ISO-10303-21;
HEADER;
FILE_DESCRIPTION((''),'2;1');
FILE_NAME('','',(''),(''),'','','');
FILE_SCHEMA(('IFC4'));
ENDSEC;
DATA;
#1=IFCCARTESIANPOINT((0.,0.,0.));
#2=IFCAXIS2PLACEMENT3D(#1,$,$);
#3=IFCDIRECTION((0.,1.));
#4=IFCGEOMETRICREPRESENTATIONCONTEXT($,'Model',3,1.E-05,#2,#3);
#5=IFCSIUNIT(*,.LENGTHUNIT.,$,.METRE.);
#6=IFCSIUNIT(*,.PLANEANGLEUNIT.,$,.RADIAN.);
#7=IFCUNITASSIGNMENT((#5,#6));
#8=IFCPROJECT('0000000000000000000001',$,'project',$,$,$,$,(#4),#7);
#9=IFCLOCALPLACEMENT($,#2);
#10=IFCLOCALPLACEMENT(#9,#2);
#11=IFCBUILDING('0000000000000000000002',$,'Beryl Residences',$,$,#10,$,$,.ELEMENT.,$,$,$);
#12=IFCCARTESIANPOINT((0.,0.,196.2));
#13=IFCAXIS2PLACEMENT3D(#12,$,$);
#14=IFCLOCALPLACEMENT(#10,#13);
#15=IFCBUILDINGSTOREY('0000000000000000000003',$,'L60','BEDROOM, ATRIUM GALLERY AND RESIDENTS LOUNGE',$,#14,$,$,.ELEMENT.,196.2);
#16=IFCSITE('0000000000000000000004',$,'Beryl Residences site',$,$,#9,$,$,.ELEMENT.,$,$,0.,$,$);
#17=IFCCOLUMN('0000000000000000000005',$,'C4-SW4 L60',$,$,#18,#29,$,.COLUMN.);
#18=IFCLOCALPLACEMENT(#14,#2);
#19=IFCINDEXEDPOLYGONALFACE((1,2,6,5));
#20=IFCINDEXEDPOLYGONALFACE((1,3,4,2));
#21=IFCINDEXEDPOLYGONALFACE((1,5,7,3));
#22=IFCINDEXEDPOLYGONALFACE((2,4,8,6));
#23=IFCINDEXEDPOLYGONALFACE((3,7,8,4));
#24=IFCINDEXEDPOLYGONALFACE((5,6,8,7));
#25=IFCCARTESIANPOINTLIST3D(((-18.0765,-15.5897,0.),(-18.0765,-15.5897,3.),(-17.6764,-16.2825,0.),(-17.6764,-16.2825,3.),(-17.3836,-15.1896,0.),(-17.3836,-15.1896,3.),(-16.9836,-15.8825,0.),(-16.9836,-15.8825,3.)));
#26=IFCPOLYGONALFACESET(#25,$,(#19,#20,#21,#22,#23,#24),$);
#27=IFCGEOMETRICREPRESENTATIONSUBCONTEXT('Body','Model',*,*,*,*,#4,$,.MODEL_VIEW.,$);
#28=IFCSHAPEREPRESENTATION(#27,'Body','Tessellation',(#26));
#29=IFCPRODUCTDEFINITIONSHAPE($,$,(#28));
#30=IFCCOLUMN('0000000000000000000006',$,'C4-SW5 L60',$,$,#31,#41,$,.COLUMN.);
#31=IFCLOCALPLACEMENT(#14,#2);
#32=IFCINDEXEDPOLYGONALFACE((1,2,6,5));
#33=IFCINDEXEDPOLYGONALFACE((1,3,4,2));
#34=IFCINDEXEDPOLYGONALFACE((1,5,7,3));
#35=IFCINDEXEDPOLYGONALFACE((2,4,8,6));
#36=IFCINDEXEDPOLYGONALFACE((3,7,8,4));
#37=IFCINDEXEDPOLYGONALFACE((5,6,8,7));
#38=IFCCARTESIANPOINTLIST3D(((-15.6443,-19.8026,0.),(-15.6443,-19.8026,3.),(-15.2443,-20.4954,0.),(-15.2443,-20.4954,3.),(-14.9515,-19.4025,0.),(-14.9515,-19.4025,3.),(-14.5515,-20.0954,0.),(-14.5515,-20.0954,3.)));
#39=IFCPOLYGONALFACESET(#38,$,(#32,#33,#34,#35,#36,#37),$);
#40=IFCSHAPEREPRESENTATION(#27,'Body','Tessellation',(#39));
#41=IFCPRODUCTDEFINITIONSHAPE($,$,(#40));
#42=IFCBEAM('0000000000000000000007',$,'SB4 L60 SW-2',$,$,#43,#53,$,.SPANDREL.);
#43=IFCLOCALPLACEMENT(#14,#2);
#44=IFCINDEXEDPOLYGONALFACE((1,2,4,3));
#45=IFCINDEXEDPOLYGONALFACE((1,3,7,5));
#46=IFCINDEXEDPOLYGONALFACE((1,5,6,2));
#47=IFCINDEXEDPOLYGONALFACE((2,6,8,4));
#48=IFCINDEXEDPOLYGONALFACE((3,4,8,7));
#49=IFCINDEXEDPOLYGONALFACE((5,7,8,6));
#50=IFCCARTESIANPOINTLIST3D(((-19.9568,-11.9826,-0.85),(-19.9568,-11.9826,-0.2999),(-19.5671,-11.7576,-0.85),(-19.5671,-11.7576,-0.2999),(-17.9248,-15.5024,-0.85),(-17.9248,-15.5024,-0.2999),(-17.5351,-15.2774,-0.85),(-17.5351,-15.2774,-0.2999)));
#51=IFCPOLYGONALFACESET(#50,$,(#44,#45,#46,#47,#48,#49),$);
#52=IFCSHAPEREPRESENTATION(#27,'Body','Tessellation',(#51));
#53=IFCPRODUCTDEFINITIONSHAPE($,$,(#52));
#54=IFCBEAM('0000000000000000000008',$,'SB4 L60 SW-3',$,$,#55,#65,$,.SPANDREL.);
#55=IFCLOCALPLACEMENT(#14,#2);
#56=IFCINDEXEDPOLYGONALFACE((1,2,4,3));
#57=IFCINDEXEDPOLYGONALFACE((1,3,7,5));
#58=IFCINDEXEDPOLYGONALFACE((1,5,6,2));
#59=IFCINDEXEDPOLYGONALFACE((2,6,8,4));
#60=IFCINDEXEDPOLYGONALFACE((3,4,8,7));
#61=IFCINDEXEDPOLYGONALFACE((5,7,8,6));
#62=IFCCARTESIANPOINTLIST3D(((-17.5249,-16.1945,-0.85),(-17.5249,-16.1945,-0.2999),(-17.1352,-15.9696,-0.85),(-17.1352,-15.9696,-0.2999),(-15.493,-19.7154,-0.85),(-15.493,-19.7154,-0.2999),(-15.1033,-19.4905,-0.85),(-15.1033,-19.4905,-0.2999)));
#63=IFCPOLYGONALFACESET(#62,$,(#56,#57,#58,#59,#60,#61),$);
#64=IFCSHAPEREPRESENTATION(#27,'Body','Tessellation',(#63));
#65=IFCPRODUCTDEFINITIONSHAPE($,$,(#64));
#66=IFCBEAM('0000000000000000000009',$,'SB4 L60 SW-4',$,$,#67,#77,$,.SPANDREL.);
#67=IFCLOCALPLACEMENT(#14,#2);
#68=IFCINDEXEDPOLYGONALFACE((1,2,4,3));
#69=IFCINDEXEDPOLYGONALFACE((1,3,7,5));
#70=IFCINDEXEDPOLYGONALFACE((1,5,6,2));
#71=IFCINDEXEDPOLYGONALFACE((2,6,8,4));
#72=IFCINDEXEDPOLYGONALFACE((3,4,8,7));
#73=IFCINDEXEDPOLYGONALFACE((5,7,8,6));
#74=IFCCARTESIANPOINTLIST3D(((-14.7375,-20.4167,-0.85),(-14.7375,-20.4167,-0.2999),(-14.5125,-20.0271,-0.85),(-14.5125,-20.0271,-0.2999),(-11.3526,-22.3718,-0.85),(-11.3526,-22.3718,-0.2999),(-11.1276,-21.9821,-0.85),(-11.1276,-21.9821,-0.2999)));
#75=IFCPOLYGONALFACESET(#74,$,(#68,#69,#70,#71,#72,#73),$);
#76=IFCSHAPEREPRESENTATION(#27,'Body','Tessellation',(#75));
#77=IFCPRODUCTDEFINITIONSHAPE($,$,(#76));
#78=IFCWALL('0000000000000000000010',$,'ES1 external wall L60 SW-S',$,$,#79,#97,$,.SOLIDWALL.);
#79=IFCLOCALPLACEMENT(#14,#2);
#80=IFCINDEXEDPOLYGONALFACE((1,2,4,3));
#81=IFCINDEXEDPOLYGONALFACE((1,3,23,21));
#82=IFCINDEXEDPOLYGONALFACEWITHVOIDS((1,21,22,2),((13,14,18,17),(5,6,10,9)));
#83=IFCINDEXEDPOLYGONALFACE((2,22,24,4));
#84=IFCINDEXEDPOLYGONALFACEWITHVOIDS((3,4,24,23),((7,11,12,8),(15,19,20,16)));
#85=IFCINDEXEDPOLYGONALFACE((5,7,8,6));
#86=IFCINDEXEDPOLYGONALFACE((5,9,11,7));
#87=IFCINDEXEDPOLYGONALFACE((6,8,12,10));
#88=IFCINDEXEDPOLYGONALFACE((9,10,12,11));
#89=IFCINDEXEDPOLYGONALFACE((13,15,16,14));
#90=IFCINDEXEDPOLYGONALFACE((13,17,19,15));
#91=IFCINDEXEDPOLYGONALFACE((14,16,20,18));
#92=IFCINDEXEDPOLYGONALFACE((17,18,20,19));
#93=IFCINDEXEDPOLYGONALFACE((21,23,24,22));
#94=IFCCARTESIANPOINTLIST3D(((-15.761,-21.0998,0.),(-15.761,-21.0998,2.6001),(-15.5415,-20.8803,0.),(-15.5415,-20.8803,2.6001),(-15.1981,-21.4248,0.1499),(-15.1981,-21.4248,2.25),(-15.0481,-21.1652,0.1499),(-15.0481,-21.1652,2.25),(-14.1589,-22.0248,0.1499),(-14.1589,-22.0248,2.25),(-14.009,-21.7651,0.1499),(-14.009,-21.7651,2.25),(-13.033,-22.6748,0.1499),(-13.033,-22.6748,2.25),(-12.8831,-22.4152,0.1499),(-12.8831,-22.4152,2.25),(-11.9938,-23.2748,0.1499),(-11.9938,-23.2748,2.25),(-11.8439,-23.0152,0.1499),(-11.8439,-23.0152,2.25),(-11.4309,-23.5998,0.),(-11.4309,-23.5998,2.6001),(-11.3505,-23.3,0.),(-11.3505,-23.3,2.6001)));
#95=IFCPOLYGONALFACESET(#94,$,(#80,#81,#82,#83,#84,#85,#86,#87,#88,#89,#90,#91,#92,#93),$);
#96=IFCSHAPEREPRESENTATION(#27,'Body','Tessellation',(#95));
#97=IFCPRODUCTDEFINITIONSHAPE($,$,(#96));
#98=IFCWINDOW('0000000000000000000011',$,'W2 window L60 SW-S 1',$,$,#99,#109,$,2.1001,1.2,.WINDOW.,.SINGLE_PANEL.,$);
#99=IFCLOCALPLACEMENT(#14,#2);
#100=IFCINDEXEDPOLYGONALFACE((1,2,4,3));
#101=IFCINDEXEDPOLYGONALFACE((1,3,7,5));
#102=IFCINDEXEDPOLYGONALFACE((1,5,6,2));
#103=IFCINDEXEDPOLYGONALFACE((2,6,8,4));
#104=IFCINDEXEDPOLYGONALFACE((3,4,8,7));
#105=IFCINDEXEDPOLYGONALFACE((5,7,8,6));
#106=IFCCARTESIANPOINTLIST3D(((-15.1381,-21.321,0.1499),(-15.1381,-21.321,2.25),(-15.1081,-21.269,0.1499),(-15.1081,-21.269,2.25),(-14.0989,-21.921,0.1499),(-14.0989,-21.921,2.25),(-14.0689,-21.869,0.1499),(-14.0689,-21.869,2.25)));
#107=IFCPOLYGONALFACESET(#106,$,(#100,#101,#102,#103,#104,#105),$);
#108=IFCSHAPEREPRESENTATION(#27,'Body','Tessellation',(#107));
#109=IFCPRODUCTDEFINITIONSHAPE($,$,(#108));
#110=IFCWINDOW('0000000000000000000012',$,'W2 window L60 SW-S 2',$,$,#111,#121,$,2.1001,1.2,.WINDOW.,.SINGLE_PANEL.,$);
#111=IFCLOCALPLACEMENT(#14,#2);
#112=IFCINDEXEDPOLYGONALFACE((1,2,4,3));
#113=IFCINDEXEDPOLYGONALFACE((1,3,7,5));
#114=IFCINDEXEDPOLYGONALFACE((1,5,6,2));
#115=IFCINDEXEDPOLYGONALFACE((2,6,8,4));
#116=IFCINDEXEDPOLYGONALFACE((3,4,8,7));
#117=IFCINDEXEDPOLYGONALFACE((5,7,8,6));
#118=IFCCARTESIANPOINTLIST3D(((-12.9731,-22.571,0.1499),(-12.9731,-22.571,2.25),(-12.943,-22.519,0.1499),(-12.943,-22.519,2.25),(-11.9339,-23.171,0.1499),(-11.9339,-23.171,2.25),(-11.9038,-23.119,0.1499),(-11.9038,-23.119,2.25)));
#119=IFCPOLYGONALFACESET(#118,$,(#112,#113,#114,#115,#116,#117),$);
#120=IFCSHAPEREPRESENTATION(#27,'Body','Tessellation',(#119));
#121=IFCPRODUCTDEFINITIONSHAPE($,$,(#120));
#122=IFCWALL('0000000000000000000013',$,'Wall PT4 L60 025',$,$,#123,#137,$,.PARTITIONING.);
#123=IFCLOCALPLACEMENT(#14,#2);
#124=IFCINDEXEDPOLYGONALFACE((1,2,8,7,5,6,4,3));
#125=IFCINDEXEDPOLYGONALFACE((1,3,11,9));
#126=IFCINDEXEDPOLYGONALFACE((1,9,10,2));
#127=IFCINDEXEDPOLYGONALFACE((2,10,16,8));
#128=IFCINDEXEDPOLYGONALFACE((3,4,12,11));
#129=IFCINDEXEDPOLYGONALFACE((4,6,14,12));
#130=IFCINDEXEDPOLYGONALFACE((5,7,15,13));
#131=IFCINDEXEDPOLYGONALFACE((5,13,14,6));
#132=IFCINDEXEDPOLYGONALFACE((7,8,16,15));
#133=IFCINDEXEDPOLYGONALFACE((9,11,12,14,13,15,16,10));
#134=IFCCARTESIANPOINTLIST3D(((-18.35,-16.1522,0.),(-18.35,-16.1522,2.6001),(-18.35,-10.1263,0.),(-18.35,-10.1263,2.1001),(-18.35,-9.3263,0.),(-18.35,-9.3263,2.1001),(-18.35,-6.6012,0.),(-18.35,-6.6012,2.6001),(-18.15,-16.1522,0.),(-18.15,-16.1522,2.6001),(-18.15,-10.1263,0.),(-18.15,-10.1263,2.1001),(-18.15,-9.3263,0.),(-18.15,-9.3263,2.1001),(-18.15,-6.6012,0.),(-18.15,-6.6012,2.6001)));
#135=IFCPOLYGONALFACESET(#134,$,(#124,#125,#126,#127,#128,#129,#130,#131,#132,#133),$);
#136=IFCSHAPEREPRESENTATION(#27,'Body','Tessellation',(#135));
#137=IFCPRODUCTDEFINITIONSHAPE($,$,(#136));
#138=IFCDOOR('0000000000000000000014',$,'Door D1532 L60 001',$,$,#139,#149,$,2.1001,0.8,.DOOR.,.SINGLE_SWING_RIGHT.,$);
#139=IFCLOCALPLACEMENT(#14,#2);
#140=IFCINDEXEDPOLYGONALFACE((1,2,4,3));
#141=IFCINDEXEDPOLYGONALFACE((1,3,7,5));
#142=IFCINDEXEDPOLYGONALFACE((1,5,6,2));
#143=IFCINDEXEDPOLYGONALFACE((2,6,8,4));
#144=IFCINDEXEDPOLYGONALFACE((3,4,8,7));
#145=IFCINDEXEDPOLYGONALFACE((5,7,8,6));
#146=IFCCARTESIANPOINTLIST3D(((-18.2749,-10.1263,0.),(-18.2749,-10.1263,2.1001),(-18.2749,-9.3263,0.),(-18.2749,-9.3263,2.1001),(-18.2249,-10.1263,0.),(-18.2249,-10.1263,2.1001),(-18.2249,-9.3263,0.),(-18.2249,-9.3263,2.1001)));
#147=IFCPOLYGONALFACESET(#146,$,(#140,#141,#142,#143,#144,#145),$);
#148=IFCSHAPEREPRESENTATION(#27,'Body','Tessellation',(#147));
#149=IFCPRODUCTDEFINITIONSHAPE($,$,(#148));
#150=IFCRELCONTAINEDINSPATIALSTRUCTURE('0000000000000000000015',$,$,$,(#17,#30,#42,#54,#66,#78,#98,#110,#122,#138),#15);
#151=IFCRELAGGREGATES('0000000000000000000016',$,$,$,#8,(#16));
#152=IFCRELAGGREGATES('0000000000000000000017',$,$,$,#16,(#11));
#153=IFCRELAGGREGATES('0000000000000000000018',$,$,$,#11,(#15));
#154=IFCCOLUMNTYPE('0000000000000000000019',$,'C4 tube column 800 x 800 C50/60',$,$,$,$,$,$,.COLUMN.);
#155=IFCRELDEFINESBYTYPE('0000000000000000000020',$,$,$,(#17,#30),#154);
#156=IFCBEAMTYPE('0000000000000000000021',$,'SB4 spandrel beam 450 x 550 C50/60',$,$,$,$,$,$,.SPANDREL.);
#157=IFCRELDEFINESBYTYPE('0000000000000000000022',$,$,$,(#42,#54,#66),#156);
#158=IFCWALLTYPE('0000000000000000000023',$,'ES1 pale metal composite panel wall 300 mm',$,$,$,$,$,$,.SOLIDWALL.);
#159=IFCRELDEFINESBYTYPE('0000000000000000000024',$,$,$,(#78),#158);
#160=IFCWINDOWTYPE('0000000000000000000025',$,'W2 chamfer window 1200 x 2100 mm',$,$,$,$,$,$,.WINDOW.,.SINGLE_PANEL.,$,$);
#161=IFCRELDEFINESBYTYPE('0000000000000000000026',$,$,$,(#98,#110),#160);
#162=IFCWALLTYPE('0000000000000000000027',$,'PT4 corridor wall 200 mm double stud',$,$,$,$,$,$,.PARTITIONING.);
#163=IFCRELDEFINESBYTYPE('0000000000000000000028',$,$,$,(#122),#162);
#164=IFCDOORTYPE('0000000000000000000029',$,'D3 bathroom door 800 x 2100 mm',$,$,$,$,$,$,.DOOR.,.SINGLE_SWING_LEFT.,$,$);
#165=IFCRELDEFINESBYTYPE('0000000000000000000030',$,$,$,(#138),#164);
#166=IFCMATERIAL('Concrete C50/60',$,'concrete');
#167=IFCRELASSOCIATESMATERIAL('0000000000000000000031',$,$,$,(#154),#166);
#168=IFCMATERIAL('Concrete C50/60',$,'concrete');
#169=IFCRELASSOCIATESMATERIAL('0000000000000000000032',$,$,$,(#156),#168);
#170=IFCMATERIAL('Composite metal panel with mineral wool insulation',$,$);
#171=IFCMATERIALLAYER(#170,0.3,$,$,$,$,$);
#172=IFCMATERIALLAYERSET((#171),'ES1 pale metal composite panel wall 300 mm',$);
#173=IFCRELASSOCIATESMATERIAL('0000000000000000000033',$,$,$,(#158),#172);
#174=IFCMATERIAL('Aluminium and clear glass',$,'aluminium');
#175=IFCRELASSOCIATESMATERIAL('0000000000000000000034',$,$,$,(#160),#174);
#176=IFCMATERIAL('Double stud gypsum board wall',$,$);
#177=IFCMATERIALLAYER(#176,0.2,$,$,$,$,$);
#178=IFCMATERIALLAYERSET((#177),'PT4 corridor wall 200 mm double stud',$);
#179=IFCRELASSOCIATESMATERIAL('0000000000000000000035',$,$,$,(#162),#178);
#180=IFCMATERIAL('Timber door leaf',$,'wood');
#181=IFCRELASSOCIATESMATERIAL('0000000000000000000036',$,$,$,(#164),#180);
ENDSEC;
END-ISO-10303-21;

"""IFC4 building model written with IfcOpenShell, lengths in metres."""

from ifc_helpers import new_model, si_unit, direction, frame, frame_2d, origin, origin_2d, place, context, subcontext, project, spatial, polyline, rectangle, outline, extrude, material, layer, layer_set, material_profile, profile_set, type_object, element, fill, save


model = new_model("IFC4")

# Units and contexts
model_context = context("Model", 3, precision=1e-05, world=origin(), true_north=direction((0.0, 1.0)))
body_context = subcontext(model_context, "Body", "Model", "MODEL_VIEW")
ifc_project = project(units=[si_unit("LENGTHUNIT", "METRE"), si_unit("PLANEANGLEUNIT", "RADIAN")], contexts=[model_context])

# Site, building, storey
site_placement = place(None, origin())
site = spatial("IfcSite", under=ifc_project, at=site_placement, Name="Beryl Residences site", CompositionType="ELEMENT", RefElevation=0.0)
building_placement = place(site_placement, origin())
building = spatial("IfcBuilding", under=site, at=building_placement, Name="Beryl Residences", CompositionType="ELEMENT")
storey_placement = place(building_placement, frame((0.0, 0.0, 196.2)))
storey = spatial("IfcBuildingStorey", under=building, at=storey_placement, Name="L60", Description="BEDROOM, ATRIUM GALLERY AND RESIDENTS LOUNGE", CompositionType="ELEMENT", Elevation=196.2)

# Columns
ifc_material_1 = material(Name="Concrete C50/60", Category="concrete")
ifc_material_profile_1 = material_profile(ifc_material_1, rectangle(XDim=0.8, YDim=0.8, at=origin_2d()))
ifc_profile_set_1 = profile_set([ifc_material_profile_1], Name="Concrete C50/60")
column_type = type_object("IfcColumnType", Name="C4 tube column 800 x 800 C50/60", PredefinedType="COLUMN", material=ifc_profile_set_1)
for number, where, z_axis, x_axis, name in (
    (1, (-17.53, -15.7361, 0.0), (0.0, 0.0, 1.0), (0.5, -0.866025, 0.0), "C4-SW4 L60"),
    (2, (-15.0979, -19.949, 0.0), (0.0, 0.0, 1.0), (0.5, -0.866025, 0.0), "C4-SW5 L60"),
):
    element("IfcColumn", number, at=place(storey_placement, frame(where, z_axis=z_axis, x_axis=x_axis)), inside=storey, type_object=column_type, Name=name, PredefinedType="COLUMN", context=body_context, shape_type="SweptSolid", body=[
        extrude(rectangle(XDim=0.8, YDim=0.8, at=origin_2d()), origin(), (0.0, 0.0, 1.0), 3.0),
    ])

# Beams
ifc_material_2 = material(Name="Concrete C50/60", Category="concrete")
ifc_material_profile_2 = material_profile(ifc_material_2, rectangle(XDim=0.45, YDim=0.55, at=origin_2d()))
ifc_profile_set_2 = profile_set([ifc_material_profile_2], Name="Concrete C50/60")
beam_type = type_object("IfcBeamType", Name="SB4 spandrel beam 450 x 550 C50/60", PredefinedType="SPANDREL", material=ifc_profile_set_2)
beam_1_placement = place(storey_placement, frame((-19.762, -11.8701, -0.575), z_axis=(0.49997, -0.866043, 0.0), x_axis=(0.866043, 0.49997, 0.0)))
element("IfcBeam", 3, at=beam_1_placement, inside=storey, type_object=beam_type, Name="SB4 L60 SW-2", PredefinedType="SPANDREL", context=body_context, shape_type="SweptSolid", body=[
    extrude(rectangle(XDim=0.45, YDim=0.55, at=origin_2d()), origin(), (0.0, 0.0, 1.0), 4.0642),
])
beam_2_placement = place(storey_placement, frame((-17.3301, -16.082, -0.575), z_axis=(0.49984, -0.866118, 0.0), x_axis=(0.866118, 0.49984, 0.0)))
element("IfcBeam", 4, at=beam_2_placement, inside=storey, type_object=beam_type, Name="SB4 L60 SW-3", PredefinedType="SPANDREL", context=body_context, shape_type="SweptSolid", body=[
    extrude(rectangle(XDim=0.45, YDim=0.55, at=origin_2d()), origin(), (0.0, 0.0, 1.0), 4.0652),
])
beam_3_placement = place(storey_placement, frame((-14.625, -20.2219, -0.575), z_axis=(0.865943, -0.500142, 0.0), x_axis=(0.500142, 0.865943, 0.0)))
element("IfcBeam", 5, at=beam_3_placement, inside=storey, type_object=beam_type, Name="SB4 L60 SW-4", PredefinedType="SPANDREL", context=body_context, shape_type="SweptSolid", body=[
    extrude(rectangle(XDim=0.45, YDim=0.55, at=origin_2d()), origin(), (0.0, 0.0, 1.0), 3.9089),
])

# Wall, openings, windows
ifc_material_3 = material(Name="Composite metal panel with mineral wool insulation")
ifc_layer_1 = layer(ifc_material_3, 0.3)
ifc_layer_set_1 = layer_set([ifc_layer_1], Name="ES1 pale metal composite panel wall 300 mm")
wall_type_1 = type_object("IfcWallType", Name="ES1 pale metal composite panel wall 300 mm", PredefinedType="SOLIDWALL", material=ifc_layer_set_1)
wall_1_placement = place(storey_placement, frame((-15.686, -20.97, 0.0), z_axis=(0.0, 0.0, 1.0), x_axis=(0.866023, -0.500004, 0.0)))
wall_1 = element("IfcWall", 6, at=wall_1_placement, inside=storey, type_object=wall_type_1, Name="ES1 external wall L60 SW-S", PredefinedType="SOLIDWALL", context=body_context, shape_type="SweptSolid", body=[
    extrude(outline(polyline([(0.0, -0.1499), (5.0, -0.1499), (4.9197, 0.1499), (0.0803, 0.1499), (0.0, -0.1499)])), origin(), (0.0, 0.0, 1.0), 2.6001),
])
opening_1_placement = place(wall_1_placement, frame((0.6499, 0.0, 0.1499)))
opening_1 = element("IfcOpeningElement", 7, at=opening_1_placement, cuts=wall_1, PredefinedType="OPENING", context=body_context, shape_type="SweptSolid", body=[
    extrude(rectangle(XDim=1.2, YDim=2.1001, at=frame_2d((0.6001, 1.05))), frame((0.0, 0.1599, 0.0), z_axis=(0.0, -1.0, 0.0), x_axis=(1.0, 0.0, 0.0)), (0.0, 0.0, 1.0), 0.3201),
])
opening_2_placement = place(wall_1_placement, frame((3.1499, 0.0, 0.1499)))
opening_2 = element("IfcOpeningElement", 8, at=opening_2_placement, cuts=wall_1, PredefinedType="OPENING", context=body_context, shape_type="SweptSolid", body=[
    extrude(rectangle(XDim=1.2, YDim=2.1001, at=frame_2d((0.6001, 1.05))), frame((0.0, 0.1599, 0.0), z_axis=(0.0, -1.0, 0.0), x_axis=(1.0, 0.0, 0.0)), (0.0, 0.0, 1.0), 0.3201),
])
ifc_material_4 = material(Name="Aluminium and clear glass", Category="aluminium")
window_type = type_object("IfcWindowType", Name="W2 chamfer window 1200 x 2100 mm", PartitioningType="SINGLE_PANEL", PredefinedType="WINDOW", material=ifc_material_4)
window_1_placement = place(opening_1_placement, origin())
window_1 = element("IfcWindow", 9, at=window_1_placement, inside=storey, type_object=window_type, Name="W2 window L60 SW-S 1", OverallHeight=2.1001, OverallWidth=1.2, PartitioningType="SINGLE_PANEL", PredefinedType="WINDOW", context=body_context, shape_type="SweptSolid", body=[
    extrude(rectangle(XDim=1.2, YDim=2.1001, at=frame_2d((0.6001, 1.05))), frame((0.0, 0.03, 0.0), z_axis=(0.0, -1.0, 0.0), x_axis=(1.0, 0.0, 0.0)), (0.0, 0.0, 1.0), 0.0601),
])
fill(opening_1, window_1)
window_2_placement = place(opening_2_placement, origin())
window_2 = element("IfcWindow", 10, at=window_2_placement, inside=storey, type_object=window_type, Name="W2 window L60 SW-S 2", OverallHeight=2.1001, OverallWidth=1.2, PartitioningType="SINGLE_PANEL", PredefinedType="WINDOW", context=body_context, shape_type="SweptSolid", body=[
    extrude(rectangle(XDim=1.2, YDim=2.1001, at=frame_2d((0.6001, 1.05))), frame((0.0, 0.03, 0.0), z_axis=(0.0, -1.0, 0.0), x_axis=(1.0, 0.0, 0.0)), (0.0, 0.0, 1.0), 0.0601),
])
fill(opening_2, window_2)

# Wall, opening, door
ifc_material_5 = material(Name="Double stud gypsum board wall")
ifc_layer_2 = layer(ifc_material_5, 0.2)
ifc_layer_set_2 = layer_set([ifc_layer_2], Name="PT4 corridor wall 200 mm double stud")
wall_type_2 = type_object("IfcWallType", Name="PT4 corridor wall 200 mm double stud", PredefinedType="PARTITIONING", material=ifc_layer_set_2)
wall_2_placement = place(storey_placement, frame((-18.25, -16.1521, 0.0), z_axis=(0.0, 0.0, 1.0), x_axis=(0.0, 1.0, 0.0)))
wall_2 = element("IfcWall", 11, at=wall_2_placement, inside=storey, type_object=wall_type_2, Name="Wall PT4 L60 025", PredefinedType="PARTITIONING", context=body_context, shape_type="SweptSolid", body=[
    extrude(rectangle(XDim=9.551, YDim=0.2, at=frame_2d((4.7754, 0.0))), origin(), (0.0, 0.0, 1.0), 2.6001),
])
opening_3_placement = place(wall_2_placement, frame((6.0259, 0.0, 0.0)))
opening_3 = element("IfcOpeningElement", 12, at=opening_3_placement, cuts=wall_2, PredefinedType="OPENING", context=body_context, shape_type="SweptSolid", body=[
    extrude(rectangle(XDim=0.8, YDim=2.1001, at=frame_2d((0.3999, 1.05))), frame((0.0, 0.1099, 0.0), z_axis=(0.0, -1.0, 0.0), x_axis=(1.0, 0.0, 0.0)), (0.0, 0.0, 1.0), 0.22),
])
ifc_material_6 = material(Name="Timber door leaf", Category="wood")
door_type_1 = type_object("IfcDoorType", Name="D3 bathroom door 800 x 2100 mm", OperationType="SINGLE_SWING_LEFT", PredefinedType="DOOR", material=ifc_material_6)
door_1_placement = place(opening_3_placement, origin())
door_1 = element("IfcDoor", 13, at=door_1_placement, inside=storey, type_object=door_type_1, Name="Door D1532 L60 001", OperationType="SINGLE_SWING_RIGHT", OverallHeight=2.1001, OverallWidth=0.8, PredefinedType="DOOR", context=body_context, shape_type="SweptSolid", body=[
    extrude(rectangle(XDim=0.8, YDim=2.1001, at=frame_2d((0.3999, 1.05))), frame((0.0, 0.0249, 0.0), z_axis=(0.0, -1.0, 0.0), x_axis=(1.0, 0.0, 0.0)), (0.0, 0.0, 1.0), 0.05),
])
fill(opening_3, door_1)

save(model, "model.ifc")
